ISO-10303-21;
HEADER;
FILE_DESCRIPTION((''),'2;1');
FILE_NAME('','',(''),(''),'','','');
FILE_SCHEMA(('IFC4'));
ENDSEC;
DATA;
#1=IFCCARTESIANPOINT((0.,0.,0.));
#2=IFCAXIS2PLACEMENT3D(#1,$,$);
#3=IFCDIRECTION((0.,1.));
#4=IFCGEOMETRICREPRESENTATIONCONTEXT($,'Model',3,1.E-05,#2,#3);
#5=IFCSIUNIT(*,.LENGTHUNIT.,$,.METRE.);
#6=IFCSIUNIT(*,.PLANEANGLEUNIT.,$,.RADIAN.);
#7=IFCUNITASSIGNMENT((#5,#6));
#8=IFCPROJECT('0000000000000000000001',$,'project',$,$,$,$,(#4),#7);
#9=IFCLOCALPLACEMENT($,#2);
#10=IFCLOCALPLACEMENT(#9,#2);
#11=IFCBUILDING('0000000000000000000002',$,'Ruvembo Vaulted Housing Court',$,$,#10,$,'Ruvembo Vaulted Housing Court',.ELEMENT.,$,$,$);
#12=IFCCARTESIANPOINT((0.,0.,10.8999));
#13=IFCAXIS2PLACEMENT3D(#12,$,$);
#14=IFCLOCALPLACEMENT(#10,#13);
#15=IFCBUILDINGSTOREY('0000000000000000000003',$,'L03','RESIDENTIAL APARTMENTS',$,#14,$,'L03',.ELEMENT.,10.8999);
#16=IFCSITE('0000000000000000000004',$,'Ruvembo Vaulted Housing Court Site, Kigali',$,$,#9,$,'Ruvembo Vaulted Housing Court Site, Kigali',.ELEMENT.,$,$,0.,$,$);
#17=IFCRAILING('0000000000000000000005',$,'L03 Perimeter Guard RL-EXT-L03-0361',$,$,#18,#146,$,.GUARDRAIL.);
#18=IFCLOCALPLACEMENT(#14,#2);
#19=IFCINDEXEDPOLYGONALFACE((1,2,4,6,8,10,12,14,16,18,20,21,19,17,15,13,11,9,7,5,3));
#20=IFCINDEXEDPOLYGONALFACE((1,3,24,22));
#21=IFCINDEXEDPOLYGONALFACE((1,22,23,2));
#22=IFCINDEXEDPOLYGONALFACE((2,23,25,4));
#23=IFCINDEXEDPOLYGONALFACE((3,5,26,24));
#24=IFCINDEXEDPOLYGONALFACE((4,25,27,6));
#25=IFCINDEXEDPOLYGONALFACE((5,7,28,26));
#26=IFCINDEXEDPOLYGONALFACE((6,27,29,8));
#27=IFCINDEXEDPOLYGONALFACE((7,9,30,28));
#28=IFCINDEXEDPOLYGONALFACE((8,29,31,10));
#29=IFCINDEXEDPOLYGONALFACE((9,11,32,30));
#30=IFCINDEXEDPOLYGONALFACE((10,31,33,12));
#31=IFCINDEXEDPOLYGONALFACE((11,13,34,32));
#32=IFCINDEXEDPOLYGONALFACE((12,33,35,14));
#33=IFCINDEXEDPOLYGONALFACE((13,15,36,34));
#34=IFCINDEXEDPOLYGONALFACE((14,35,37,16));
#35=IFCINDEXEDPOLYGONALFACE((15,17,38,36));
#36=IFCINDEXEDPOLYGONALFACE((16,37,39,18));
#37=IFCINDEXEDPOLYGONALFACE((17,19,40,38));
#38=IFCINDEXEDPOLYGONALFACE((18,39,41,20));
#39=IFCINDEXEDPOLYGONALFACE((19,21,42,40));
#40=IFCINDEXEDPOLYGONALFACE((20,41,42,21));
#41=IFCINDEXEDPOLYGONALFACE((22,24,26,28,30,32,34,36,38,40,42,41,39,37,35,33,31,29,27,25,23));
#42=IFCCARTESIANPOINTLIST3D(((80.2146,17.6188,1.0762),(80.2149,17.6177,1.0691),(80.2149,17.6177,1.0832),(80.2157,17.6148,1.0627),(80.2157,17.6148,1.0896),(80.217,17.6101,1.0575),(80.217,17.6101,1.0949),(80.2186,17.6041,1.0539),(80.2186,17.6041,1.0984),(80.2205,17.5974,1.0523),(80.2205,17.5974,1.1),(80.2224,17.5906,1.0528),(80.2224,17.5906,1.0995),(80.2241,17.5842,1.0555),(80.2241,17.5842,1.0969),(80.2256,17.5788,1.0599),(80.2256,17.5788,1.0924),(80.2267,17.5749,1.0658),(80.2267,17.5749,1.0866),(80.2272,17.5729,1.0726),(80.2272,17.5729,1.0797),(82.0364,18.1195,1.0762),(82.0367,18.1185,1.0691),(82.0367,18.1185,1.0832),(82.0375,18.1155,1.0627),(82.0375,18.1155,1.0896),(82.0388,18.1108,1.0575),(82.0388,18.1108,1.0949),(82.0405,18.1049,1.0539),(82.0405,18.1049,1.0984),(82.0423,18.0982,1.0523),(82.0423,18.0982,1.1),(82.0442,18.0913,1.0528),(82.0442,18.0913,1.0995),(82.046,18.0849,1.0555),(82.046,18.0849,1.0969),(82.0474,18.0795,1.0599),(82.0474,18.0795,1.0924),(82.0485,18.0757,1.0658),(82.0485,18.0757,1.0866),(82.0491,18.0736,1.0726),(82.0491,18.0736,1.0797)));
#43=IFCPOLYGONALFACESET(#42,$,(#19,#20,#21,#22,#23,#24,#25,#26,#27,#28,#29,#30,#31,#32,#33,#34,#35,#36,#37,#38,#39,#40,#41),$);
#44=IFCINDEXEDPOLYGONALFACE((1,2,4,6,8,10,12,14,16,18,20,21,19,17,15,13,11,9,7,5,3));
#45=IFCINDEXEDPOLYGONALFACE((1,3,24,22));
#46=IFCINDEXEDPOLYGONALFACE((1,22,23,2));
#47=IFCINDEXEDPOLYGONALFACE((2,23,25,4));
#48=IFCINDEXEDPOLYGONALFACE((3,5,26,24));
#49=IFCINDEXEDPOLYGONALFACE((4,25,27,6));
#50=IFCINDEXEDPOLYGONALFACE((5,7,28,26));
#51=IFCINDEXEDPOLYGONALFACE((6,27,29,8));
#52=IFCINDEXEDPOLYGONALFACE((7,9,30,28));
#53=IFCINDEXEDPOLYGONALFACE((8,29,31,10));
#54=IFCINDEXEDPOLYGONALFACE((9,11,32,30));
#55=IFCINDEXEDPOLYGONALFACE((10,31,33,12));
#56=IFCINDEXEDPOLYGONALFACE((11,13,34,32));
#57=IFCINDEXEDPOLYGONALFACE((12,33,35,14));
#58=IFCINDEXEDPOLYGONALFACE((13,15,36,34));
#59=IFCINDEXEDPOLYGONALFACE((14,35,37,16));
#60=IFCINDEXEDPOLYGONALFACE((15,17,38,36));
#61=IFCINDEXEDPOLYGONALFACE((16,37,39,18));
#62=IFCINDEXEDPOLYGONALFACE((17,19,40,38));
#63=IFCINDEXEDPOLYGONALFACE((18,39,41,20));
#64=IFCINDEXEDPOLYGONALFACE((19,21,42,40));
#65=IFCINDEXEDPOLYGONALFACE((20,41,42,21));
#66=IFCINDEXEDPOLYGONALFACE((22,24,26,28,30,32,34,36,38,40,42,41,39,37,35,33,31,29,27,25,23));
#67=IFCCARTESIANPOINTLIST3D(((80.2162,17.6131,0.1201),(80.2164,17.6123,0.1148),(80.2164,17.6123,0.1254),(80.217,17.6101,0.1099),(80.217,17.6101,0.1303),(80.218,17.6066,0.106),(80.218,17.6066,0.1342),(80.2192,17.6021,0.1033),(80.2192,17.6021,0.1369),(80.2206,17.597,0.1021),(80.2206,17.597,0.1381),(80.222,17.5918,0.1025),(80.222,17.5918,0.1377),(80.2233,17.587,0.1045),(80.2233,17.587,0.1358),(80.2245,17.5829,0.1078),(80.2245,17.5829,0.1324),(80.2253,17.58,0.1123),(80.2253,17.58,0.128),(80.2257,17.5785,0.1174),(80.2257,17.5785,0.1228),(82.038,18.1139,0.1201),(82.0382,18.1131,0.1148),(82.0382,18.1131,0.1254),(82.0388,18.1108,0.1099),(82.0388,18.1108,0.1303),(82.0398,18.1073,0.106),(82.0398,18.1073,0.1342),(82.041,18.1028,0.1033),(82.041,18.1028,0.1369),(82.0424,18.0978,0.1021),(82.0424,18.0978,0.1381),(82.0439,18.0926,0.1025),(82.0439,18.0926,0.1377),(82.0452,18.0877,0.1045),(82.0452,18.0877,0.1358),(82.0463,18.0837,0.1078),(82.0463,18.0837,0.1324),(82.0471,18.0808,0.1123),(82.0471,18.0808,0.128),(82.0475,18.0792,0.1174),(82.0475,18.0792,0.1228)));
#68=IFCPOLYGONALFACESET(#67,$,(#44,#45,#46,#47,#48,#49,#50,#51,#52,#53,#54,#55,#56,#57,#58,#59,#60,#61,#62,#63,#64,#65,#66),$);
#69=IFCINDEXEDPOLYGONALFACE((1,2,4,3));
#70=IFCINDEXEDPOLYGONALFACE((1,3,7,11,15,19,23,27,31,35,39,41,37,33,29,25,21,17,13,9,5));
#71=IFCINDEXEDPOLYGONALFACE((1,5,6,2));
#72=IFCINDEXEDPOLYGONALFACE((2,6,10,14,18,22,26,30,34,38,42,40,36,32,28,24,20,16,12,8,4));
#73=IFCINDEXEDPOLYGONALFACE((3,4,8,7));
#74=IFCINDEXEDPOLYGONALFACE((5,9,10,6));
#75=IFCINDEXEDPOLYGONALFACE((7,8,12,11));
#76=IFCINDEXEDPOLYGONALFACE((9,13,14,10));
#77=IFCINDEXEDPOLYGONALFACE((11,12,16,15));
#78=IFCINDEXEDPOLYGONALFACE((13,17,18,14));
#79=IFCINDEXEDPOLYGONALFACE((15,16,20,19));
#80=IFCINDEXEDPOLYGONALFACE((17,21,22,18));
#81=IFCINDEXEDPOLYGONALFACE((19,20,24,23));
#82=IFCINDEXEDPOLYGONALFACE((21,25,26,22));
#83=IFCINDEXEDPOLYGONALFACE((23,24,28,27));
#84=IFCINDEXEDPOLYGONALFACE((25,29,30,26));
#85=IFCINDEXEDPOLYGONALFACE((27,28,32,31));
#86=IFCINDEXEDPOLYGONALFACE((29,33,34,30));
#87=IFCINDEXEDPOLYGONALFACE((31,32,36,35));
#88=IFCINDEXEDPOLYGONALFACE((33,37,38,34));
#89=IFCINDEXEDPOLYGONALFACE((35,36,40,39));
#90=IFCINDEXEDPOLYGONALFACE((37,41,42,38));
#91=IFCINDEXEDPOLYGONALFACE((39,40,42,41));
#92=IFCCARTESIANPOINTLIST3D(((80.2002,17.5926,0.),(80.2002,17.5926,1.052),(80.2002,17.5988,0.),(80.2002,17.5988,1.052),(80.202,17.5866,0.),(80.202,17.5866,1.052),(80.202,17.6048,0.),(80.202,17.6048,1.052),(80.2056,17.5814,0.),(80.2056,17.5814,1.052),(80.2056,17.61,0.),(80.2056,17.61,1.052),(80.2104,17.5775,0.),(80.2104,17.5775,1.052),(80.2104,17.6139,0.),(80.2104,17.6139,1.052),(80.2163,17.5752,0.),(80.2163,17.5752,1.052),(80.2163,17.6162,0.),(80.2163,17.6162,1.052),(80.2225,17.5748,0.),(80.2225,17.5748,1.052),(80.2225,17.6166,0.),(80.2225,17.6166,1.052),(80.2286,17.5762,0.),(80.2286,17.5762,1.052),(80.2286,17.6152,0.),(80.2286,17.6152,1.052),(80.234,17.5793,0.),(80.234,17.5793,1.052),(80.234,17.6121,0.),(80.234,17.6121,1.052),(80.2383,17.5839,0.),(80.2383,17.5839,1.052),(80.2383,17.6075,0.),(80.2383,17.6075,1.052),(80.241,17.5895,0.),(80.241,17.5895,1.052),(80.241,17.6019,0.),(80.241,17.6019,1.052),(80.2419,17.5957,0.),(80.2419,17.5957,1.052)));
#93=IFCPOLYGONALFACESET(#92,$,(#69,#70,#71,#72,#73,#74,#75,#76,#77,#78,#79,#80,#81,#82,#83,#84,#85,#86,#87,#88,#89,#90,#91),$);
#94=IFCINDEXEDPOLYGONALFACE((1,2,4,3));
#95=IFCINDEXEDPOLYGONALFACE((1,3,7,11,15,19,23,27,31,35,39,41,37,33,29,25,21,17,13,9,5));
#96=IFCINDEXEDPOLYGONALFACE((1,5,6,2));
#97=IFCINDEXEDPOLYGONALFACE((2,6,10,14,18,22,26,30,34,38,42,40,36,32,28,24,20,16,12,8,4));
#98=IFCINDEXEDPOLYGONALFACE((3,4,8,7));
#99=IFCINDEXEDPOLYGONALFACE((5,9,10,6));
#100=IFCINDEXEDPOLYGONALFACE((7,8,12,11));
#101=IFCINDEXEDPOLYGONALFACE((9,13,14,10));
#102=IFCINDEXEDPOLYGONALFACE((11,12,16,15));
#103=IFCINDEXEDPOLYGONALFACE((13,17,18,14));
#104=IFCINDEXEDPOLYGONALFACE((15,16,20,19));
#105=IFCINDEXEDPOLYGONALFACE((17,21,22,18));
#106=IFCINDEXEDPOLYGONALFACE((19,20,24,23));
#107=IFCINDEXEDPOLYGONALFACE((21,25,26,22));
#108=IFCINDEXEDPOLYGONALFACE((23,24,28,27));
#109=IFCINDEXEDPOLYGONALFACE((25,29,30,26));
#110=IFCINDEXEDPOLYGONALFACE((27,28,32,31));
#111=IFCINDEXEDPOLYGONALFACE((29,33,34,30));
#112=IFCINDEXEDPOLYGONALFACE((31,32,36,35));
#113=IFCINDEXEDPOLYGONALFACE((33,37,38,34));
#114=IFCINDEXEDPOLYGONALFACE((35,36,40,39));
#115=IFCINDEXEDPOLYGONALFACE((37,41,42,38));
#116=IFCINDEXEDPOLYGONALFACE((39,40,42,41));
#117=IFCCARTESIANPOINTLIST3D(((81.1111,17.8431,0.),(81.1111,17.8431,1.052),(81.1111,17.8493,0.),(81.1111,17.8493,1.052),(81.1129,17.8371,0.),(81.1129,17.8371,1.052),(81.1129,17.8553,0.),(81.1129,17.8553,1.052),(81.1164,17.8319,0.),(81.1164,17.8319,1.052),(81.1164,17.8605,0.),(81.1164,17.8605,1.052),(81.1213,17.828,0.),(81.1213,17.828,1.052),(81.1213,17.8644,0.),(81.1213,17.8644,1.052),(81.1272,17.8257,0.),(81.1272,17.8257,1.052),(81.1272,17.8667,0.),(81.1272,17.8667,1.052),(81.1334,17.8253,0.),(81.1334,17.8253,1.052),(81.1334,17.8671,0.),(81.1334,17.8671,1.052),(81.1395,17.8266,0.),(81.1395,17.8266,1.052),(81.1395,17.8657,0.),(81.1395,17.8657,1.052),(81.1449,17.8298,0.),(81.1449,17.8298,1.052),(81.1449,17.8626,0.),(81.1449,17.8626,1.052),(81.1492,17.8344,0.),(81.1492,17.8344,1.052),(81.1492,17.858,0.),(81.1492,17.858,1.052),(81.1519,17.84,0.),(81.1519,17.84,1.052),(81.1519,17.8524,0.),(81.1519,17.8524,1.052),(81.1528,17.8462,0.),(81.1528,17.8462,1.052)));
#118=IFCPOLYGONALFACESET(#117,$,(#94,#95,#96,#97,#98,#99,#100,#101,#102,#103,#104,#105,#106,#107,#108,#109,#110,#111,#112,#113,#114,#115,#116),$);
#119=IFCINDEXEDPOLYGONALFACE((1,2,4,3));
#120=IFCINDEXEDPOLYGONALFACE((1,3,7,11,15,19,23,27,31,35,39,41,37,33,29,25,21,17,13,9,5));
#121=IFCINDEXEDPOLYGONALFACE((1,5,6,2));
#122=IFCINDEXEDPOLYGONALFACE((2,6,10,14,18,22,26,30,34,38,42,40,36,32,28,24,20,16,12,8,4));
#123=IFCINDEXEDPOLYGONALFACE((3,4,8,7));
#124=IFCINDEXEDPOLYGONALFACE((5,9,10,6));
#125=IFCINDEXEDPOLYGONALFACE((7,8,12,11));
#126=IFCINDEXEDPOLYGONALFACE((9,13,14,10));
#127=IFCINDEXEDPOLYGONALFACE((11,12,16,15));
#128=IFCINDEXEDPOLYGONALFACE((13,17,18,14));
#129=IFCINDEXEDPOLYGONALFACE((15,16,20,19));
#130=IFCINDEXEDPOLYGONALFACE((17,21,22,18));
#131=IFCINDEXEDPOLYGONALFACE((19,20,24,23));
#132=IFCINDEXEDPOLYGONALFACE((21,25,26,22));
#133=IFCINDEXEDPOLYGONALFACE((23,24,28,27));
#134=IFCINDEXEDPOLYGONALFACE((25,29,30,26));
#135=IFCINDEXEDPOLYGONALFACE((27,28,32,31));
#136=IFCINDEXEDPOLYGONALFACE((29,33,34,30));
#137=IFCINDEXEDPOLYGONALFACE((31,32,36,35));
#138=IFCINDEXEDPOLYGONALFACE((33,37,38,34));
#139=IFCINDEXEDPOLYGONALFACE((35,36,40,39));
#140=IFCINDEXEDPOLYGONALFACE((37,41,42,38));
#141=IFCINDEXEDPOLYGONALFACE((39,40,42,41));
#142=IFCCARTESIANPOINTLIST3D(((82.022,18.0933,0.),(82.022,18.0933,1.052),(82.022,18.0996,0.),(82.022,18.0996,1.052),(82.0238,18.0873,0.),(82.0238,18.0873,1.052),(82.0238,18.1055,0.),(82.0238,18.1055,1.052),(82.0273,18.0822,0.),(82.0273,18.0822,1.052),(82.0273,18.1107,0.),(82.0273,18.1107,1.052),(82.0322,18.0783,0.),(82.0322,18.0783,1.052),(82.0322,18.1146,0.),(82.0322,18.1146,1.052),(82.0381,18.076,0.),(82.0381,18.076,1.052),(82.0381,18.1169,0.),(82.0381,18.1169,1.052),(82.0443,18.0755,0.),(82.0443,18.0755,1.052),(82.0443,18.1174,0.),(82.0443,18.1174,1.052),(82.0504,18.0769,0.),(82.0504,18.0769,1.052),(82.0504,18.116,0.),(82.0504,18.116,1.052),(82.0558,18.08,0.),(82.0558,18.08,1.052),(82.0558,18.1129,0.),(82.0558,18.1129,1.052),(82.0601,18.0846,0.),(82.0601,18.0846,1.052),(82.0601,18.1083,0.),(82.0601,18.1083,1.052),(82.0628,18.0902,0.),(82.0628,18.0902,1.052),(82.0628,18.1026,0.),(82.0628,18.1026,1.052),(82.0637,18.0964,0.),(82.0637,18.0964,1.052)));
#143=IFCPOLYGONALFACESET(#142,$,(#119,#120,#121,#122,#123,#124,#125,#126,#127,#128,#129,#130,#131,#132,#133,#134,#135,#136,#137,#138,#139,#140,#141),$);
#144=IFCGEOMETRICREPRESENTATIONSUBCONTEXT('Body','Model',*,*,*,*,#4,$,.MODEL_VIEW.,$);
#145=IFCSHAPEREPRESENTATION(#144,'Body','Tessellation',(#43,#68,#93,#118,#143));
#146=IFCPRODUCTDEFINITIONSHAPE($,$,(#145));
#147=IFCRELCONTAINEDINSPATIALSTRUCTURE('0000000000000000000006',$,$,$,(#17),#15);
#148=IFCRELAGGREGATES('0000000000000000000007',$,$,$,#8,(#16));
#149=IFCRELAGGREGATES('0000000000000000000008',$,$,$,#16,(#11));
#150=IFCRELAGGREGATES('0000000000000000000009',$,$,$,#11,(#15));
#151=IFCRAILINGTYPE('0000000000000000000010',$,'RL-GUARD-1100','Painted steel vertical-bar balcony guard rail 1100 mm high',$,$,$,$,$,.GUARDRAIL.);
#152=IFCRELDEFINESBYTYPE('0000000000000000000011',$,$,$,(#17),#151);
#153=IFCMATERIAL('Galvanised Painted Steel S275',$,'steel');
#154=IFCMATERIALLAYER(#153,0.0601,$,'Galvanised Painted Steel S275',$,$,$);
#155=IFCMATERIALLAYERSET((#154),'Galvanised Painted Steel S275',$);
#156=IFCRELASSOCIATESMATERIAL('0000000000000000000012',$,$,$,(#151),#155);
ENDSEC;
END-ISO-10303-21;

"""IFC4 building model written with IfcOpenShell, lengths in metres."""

from ifc_helpers import new_model, si_unit, direction, frame, origin, origin_2d, place, context, subcontext, project, spatial, circle, extrude, material, layer, layer_set, type_object, element, save


model = new_model("IFC4")

# Units and contexts
model_context = context("Model", 3, precision=1e-05, world=origin(), true_north=direction((0.0, 1.0)))
body_context = subcontext(model_context, "Body", "Model", "MODEL_VIEW")
ifc_project = project(units=[si_unit("LENGTHUNIT", "METRE"), si_unit("PLANEANGLEUNIT", "RADIAN")], contexts=[model_context])

# Site, building, storey
site_placement = place(None, origin())
site = spatial("IfcSite", under=ifc_project, at=site_placement, Name="Ruvembo Vaulted Housing Court Site, Kigali", LongName="Ruvembo Vaulted Housing Court Site, Kigali", CompositionType="ELEMENT", RefElevation=0.0)
building_placement = place(site_placement, origin())
building = spatial("IfcBuilding", under=site, at=building_placement, Name="Ruvembo Vaulted Housing Court", LongName="Ruvembo Vaulted Housing Court", CompositionType="ELEMENT")
storey_placement = place(building_placement, frame((0.0, 0.0, 10.8999)))
storey = spatial("IfcBuildingStorey", under=building, at=storey_placement, Name="L03", Description="RESIDENTIAL APARTMENTS", LongName="L03", CompositionType="ELEMENT", Elevation=10.8999)

# Railing
ifc_material_1 = material(Name="Galvanised Painted Steel S275", Category="steel")
ifc_layer = layer(ifc_material_1, 0.0601, Name="Galvanised Painted Steel S275")
ifc_layer_set = layer_set([ifc_layer], Name="Galvanised Painted Steel S275")
railing_type = type_object("IfcRailingType", Name="RL-GUARD-1100", Description="Painted steel vertical-bar balcony guard rail 1100 mm high", PredefinedType="GUARDRAIL", material=ifc_layer_set)
railing_1_placement = place(storey_placement, frame((80.2209, 17.5957, 0.0)))
element("IfcRailing", 1, at=railing_1_placement, inside=storey, type_object=railing_type, Name="L03 Perimeter Guard RL-EXT-L03-0361", PredefinedType="GUARDRAIL", context=body_context, shape_type="SweptSolid", body=[
    extrude(circle(Radius=0.0239, at=origin_2d()), frame((0.0, 0.0, 1.0762), z_axis=(0.96424, 0.26503, 0.0), x_axis=(-0.26503, 0.96424, 0.0)), (0.0, 0.0, 1.0), 1.8894),
    extrude(circle(Radius=0.0181, at=origin_2d()), frame((0.0, 0.0, 0.1201), z_axis=(0.96424, 0.26503, 0.0), x_axis=(-0.26503, 0.96424, 0.0)), (0.0, 0.0, 1.0), 1.8894),
    extrude(circle(Radius=0.021, at=origin_2d()), origin(), (0.0, 0.0, 1.0), 1.052),
    extrude(circle(Radius=0.021, at=origin_2d()), frame((0.9109, 0.2505, 0.0)), (0.0, 0.0, 1.0), 1.052),
    extrude(circle(Radius=0.021, at=origin_2d()), frame((1.8218, 0.5007, 0.0)), (0.0, 0.0, 1.0), 1.052),
])

save(model, "model.ifc")
